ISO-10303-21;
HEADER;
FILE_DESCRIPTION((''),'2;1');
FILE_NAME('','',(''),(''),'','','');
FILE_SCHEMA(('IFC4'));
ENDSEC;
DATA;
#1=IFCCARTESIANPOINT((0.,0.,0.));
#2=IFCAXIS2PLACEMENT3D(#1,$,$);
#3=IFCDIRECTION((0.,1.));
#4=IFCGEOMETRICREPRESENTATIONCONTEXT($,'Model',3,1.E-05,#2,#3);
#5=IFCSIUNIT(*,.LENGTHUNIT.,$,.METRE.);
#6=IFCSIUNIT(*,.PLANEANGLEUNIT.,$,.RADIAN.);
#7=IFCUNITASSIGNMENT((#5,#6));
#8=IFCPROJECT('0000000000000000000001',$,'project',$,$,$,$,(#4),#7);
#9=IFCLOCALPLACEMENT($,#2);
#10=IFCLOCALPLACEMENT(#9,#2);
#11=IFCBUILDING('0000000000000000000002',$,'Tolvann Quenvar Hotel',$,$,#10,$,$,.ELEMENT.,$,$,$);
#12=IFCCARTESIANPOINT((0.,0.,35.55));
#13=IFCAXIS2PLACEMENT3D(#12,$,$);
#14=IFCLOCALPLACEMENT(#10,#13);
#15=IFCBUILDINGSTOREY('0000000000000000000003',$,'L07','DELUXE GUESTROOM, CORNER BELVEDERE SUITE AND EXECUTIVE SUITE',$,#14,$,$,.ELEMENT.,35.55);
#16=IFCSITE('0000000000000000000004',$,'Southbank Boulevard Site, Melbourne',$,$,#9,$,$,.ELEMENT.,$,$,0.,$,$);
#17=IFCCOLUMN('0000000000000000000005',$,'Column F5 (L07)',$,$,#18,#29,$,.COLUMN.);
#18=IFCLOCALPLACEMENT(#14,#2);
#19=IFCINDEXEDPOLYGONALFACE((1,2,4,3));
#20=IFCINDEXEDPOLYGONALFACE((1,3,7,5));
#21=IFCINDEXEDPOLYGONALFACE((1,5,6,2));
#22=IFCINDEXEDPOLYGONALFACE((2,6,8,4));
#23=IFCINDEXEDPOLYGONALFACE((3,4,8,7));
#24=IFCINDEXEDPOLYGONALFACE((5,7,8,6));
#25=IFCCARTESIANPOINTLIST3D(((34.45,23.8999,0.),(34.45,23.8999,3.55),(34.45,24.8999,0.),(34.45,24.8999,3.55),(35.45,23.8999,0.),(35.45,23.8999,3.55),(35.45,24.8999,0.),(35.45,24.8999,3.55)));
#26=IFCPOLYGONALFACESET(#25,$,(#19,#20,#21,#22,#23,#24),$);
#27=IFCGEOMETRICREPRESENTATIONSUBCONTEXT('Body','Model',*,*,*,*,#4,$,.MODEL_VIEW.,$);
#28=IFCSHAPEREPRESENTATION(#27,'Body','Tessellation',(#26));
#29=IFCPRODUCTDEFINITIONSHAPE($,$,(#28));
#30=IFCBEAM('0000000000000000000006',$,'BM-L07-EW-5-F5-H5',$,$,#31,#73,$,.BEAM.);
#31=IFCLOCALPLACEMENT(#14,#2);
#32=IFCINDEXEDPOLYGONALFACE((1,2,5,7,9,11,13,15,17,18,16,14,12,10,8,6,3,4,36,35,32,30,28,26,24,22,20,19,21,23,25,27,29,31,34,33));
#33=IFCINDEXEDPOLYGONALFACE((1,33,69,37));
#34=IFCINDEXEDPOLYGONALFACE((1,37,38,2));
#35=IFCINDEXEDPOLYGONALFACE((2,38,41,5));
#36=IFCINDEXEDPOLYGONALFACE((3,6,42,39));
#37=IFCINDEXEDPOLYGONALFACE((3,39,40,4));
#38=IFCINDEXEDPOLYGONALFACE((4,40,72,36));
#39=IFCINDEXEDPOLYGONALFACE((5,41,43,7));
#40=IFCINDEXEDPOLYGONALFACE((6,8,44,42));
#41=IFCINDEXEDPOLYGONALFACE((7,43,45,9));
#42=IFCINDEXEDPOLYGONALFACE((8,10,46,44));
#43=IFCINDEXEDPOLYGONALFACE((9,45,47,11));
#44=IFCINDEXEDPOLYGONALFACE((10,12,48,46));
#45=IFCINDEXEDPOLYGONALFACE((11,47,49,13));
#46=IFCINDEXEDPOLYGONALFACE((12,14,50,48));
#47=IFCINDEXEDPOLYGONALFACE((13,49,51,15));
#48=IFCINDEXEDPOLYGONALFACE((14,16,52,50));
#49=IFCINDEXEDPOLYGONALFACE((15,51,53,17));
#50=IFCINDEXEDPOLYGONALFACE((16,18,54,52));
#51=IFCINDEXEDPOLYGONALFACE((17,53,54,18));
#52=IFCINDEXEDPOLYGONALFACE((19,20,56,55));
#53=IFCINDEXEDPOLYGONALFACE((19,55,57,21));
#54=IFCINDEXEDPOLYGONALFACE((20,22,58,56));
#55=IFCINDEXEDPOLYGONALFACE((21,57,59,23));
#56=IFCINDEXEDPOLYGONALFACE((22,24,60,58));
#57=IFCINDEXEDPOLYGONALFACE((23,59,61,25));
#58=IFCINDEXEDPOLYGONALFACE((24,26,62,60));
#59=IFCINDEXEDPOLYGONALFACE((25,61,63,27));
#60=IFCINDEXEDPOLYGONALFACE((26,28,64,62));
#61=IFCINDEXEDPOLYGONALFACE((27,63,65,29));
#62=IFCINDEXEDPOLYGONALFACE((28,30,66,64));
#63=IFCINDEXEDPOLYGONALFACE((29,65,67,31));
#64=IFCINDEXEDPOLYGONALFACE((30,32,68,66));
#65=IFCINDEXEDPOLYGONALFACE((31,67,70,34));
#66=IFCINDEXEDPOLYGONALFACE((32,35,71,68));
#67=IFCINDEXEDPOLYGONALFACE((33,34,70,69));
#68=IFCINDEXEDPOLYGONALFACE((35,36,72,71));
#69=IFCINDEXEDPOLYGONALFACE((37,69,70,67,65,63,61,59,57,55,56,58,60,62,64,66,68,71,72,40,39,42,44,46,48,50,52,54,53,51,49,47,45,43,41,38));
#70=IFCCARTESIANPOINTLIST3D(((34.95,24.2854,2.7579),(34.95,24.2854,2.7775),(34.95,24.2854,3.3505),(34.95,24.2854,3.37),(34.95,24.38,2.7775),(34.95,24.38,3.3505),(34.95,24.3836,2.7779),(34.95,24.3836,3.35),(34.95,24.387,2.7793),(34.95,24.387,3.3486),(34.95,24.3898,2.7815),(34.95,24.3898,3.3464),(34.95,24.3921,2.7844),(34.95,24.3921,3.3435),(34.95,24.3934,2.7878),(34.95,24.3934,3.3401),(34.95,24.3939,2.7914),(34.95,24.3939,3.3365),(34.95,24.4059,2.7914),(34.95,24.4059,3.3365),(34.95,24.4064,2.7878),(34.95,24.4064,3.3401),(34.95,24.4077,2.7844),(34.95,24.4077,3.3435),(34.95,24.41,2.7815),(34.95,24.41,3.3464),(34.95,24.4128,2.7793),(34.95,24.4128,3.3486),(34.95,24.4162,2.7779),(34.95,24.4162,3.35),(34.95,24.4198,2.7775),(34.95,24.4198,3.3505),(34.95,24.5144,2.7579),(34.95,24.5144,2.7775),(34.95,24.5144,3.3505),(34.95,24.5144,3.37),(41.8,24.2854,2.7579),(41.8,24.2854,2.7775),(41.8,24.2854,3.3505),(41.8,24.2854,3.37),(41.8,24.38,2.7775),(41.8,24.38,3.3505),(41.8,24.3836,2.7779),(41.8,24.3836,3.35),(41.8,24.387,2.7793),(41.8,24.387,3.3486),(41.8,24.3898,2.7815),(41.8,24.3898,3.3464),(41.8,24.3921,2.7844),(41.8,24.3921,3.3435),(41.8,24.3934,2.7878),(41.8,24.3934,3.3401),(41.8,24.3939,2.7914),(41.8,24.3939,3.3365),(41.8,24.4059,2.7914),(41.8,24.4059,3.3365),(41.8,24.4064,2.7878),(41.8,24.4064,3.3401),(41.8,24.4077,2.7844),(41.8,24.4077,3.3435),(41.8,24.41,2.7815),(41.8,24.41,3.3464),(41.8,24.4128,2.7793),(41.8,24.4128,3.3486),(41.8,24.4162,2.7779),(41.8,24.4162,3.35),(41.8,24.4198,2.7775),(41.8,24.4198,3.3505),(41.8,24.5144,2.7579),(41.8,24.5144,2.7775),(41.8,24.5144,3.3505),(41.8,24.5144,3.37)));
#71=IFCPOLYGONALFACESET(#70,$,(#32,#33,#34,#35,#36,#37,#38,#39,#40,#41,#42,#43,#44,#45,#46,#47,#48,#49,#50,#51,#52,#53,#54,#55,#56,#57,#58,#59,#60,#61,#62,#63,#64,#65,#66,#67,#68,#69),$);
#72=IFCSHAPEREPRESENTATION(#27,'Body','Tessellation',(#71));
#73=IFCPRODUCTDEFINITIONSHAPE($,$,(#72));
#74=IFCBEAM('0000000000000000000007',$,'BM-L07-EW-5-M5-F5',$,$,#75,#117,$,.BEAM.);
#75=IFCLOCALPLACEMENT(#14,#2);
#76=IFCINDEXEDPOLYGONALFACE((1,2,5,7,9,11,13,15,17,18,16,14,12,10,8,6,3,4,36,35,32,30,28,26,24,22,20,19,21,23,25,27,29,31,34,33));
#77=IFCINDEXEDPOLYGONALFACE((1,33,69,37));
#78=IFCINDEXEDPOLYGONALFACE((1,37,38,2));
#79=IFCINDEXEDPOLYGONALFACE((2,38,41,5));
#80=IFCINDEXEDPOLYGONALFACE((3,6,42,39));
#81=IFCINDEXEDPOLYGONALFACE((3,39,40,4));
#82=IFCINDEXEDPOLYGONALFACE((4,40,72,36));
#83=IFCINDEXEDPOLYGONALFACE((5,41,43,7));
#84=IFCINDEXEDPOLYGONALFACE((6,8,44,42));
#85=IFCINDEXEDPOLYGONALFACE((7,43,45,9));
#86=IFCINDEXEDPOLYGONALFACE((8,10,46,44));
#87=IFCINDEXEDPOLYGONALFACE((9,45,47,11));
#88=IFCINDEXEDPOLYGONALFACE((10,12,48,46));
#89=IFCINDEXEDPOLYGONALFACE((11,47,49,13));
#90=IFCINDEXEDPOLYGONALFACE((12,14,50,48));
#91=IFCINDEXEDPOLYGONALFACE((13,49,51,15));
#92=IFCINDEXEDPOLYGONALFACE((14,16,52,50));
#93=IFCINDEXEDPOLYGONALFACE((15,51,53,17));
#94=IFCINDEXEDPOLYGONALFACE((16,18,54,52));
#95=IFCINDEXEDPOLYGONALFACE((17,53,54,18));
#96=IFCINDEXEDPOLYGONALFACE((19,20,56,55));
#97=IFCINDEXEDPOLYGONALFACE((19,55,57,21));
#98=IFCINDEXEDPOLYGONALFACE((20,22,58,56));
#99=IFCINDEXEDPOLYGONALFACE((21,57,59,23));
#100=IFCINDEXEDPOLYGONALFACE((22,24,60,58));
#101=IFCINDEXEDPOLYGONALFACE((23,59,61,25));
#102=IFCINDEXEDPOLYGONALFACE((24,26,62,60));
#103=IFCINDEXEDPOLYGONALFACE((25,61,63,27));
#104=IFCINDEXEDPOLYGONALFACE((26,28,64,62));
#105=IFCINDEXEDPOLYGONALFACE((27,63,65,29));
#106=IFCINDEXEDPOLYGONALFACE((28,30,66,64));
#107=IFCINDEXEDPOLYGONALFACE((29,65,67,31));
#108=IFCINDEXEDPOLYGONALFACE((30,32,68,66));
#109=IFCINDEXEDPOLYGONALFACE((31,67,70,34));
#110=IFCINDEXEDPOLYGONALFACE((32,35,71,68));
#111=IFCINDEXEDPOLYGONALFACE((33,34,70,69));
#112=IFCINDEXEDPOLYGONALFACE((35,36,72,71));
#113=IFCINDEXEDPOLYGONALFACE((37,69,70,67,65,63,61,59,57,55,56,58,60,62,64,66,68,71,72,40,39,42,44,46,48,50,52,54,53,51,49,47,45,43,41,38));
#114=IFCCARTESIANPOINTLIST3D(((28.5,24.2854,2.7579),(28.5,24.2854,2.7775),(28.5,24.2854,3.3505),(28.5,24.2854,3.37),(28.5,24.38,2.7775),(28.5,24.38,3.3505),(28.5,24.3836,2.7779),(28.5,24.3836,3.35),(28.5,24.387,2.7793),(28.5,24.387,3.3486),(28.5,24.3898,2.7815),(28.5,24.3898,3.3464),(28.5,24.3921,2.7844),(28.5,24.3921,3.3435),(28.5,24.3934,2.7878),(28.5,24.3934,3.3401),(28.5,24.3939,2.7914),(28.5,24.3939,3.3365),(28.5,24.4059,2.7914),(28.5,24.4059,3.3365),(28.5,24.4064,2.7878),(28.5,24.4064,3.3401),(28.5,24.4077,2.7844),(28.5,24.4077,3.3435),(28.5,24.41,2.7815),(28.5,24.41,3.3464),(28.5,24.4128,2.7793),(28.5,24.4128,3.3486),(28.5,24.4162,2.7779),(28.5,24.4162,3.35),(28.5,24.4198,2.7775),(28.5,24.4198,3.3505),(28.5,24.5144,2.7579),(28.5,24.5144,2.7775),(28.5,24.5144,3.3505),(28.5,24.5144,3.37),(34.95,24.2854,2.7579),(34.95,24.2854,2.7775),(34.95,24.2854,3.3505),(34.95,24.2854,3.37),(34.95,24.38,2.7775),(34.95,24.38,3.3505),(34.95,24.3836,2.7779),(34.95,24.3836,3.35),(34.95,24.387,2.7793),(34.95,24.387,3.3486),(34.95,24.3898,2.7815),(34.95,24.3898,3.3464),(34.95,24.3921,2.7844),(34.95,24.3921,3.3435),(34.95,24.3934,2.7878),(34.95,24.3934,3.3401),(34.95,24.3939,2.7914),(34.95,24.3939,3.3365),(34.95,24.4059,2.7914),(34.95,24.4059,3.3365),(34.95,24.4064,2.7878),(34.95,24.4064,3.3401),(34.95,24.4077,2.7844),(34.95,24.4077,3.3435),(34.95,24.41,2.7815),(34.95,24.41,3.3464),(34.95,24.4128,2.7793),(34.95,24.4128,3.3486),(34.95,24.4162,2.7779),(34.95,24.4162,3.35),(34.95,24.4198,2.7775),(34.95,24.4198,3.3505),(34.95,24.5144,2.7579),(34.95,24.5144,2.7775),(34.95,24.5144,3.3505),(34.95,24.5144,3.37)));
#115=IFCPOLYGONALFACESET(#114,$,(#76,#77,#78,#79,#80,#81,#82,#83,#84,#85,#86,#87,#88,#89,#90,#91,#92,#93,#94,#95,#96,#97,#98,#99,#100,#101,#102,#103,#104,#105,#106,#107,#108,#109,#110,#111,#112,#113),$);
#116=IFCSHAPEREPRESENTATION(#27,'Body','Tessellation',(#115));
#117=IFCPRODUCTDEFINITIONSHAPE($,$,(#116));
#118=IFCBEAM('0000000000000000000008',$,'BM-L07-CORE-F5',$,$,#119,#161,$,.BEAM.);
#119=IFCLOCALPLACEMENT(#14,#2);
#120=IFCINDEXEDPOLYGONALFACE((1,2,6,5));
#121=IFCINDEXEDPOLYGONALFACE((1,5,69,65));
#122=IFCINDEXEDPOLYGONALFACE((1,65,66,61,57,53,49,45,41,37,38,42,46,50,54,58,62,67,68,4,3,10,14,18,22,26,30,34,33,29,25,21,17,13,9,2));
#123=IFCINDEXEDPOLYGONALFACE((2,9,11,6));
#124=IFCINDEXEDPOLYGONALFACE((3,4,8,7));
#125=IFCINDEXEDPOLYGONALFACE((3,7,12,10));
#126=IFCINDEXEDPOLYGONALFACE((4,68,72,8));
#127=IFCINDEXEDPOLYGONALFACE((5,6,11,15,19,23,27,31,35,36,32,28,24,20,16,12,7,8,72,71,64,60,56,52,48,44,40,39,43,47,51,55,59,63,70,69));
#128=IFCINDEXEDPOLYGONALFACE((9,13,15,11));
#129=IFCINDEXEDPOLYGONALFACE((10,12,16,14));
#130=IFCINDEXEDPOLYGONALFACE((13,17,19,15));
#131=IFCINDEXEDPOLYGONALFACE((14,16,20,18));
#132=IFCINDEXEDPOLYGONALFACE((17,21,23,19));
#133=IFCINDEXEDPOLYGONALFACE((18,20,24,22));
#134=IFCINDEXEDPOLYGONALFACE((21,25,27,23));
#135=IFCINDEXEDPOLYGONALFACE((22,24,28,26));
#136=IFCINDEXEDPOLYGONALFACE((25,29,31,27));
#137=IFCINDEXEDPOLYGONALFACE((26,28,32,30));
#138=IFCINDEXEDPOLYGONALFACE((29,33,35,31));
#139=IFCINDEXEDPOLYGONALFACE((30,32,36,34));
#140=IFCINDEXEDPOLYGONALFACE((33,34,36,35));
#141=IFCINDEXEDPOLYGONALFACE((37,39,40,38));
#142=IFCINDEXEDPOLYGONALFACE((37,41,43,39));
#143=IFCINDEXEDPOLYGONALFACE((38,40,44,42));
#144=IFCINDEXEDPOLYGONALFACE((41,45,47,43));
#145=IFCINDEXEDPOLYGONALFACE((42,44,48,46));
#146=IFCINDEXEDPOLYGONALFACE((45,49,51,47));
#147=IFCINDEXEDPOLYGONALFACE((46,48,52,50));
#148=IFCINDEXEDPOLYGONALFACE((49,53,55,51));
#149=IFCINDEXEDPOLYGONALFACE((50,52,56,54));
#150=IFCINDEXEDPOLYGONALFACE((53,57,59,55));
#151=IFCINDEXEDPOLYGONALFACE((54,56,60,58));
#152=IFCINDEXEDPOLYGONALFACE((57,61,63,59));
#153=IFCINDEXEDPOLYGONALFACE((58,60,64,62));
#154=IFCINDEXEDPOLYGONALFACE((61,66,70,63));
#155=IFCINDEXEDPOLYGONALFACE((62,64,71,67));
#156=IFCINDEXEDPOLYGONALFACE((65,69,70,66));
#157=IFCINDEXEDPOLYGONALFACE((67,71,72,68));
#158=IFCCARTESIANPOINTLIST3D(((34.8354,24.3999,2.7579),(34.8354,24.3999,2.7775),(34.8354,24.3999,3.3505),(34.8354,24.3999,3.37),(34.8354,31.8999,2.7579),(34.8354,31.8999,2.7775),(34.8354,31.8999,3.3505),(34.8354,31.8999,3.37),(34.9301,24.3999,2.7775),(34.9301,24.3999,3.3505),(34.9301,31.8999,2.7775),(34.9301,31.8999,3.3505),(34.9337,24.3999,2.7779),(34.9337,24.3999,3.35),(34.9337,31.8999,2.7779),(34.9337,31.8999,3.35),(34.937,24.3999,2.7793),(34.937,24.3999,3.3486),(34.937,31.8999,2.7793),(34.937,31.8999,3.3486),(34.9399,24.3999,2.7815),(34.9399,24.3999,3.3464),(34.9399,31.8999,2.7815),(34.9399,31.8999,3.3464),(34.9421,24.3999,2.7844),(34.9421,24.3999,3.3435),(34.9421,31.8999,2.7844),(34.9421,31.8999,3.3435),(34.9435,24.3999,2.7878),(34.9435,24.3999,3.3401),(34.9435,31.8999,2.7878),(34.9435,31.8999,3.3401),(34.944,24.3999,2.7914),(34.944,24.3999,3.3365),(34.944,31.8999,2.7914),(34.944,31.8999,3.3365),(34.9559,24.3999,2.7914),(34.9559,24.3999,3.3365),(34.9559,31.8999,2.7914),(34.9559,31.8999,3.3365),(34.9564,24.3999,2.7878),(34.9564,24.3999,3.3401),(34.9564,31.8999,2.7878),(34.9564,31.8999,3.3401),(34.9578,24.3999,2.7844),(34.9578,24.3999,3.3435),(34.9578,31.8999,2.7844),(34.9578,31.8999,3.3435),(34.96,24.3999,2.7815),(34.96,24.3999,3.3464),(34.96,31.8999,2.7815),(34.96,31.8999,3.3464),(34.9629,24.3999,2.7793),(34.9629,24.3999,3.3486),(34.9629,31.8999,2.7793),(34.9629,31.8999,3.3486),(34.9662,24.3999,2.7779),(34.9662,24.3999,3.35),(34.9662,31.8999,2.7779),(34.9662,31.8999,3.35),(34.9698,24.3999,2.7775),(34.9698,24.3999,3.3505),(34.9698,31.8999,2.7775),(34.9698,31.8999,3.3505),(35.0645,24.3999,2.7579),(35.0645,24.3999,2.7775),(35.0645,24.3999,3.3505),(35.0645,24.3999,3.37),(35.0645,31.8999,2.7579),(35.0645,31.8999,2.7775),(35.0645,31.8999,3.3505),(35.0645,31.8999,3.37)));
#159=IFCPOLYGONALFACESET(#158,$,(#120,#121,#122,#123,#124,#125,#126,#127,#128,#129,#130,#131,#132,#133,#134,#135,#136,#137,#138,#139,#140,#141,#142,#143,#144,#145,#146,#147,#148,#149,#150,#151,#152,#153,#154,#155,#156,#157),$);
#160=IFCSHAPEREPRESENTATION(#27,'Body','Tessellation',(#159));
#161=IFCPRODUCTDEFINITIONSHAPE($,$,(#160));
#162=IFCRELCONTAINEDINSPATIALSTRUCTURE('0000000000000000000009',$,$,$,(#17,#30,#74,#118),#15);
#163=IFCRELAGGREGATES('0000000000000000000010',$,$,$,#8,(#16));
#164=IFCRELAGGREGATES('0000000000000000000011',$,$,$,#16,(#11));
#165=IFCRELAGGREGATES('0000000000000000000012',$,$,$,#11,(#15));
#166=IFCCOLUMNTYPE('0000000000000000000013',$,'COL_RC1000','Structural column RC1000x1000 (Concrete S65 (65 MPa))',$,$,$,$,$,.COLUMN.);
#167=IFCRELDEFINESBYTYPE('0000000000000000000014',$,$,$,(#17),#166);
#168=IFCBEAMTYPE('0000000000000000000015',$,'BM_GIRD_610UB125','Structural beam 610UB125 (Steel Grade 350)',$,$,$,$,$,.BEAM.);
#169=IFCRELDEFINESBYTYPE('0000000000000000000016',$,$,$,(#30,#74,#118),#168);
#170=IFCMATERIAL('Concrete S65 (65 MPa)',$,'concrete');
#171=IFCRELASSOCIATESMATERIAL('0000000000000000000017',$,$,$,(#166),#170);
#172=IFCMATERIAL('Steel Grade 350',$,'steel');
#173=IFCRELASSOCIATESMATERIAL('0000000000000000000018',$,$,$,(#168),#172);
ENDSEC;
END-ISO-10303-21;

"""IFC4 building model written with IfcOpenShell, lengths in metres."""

from ifc_helpers import new_model, si_unit, direction, frame, origin, origin_2d, place, context, subcontext, project, spatial, rectangle, i_section, extrude, source, transform, mapped, material, material_profile, profile_set, type_object, type_shapes, element, save


model = new_model("IFC4")

# Units and contexts
model_context = context("Model", 3, precision=1e-05, world=origin(), true_north=direction((0.0, 1.0)))
body_context = subcontext(model_context, "Body", "Model", "MODEL_VIEW")
ifc_project = project(units=[si_unit("LENGTHUNIT", "METRE"), si_unit("PLANEANGLEUNIT", "RADIAN")], contexts=[model_context])

# Site, building, storey
site_placement = place(None, origin())
site = spatial("IfcSite", under=ifc_project, at=site_placement, Name="Southbank Boulevard Site, Melbourne", CompositionType="ELEMENT", RefElevation=0.0)
building_placement = place(site_placement, origin())
building = spatial("IfcBuilding", under=site, at=building_placement, Name="Tolvann Quenvar Hotel", CompositionType="ELEMENT")
storey_placement = place(building_placement, frame((0.0, 0.0, 35.55)))
storey = spatial("IfcBuildingStorey", under=building, at=storey_placement, Name="L07", Description="DELUXE GUESTROOM, CORNER BELVEDERE SUITE AND EXECUTIVE SUITE", CompositionType="ELEMENT", Elevation=35.55)

# Column
ifc_material_1 = material(Name="Concrete S65 (65 MPa)", Category="concrete")
ifc_material_profile_1 = material_profile(ifc_material_1, rectangle(XDim=1.0, YDim=1.0, at=origin_2d()), Name="RC1000x1000")
ifc_profile_set_1 = profile_set([ifc_material_profile_1], Name="Concrete S65 (65 MPa)")
column_type = type_object("IfcColumnType", Name="COL_RC1000", Description="Structural column RC1000x1000 (Concrete S65 (65 MPa))", PredefinedType="COLUMN", material=ifc_profile_set_1)
shared_shape_1 = source(origin(), body_context, "Body", "SweptSolid", [
    extrude(rectangle(XDim=1.0, YDim=1.0, at=origin_2d()), origin(), (0.0, 0.0, 1.0), 3.55),
])
type_shapes(column_type, [shared_shape_1])
column_placement = place(storey_placement, frame((34.95, 24.3999, 0.0), z_axis=(0.0, 0.0, 1.0), x_axis=(1.0, 0.0, 0.0)))
element("IfcColumn", 1, at=column_placement, inside=storey, type_object=column_type, Name="Column F5 (L07)", PredefinedType="COLUMN", context=body_context, shape_type="MappedRepresentation", body=[
    mapped(shared_shape_1, transform((0.0, 0.0, 0.0), x_axis=(1.0, 0.0, 0.0), y_axis=(0.0, 1.0, 0.0), z_axis=(0.0, 0.0, 1.0), scale=1.0)),
])

# Beams
ifc_material_2 = material(Name="Steel Grade 350", Category="steel")
ifc_material_profile_2 = material_profile(ifc_material_2, i_section(OverallWidth=0.229, OverallDepth=0.6121, WebThickness=0.012, FlangeThickness=0.0195, FilletRadius=0.0139, at=origin_2d()), Name="610UB125")
ifc_profile_set_2 = profile_set([ifc_material_profile_2], Name="Steel Grade 350")
beam_type = type_object("IfcBeamType", Name="BM_GIRD_610UB125", Description="Structural beam 610UB125 (Steel Grade 350)", PredefinedType="BEAM", material=ifc_profile_set_2)
shared_shape_2 = source(origin(), body_context, "Body", "SweptSolid", [
    extrude(i_section(OverallWidth=0.229, OverallDepth=0.6121, WebThickness=0.012, FlangeThickness=0.0195, FilletRadius=0.0139, at=origin_2d()), origin(), (0.0, 0.0, 1.0), 6.8501),
])
beam_1_placement = place(storey_placement, frame((34.95, 24.3999, 3.064), z_axis=(1.0, 0.0, 0.0), x_axis=(0.0, 1.0, 0.0)))
element("IfcBeam", 2, at=beam_1_placement, inside=storey, type_object=beam_type, Name="BM-L07-EW-5-F5-H5", PredefinedType="BEAM", context=body_context, shape_type="MappedRepresentation", body=[
    mapped(shared_shape_2, transform((0.0, 0.0, 0.0), x_axis=(1.0, 0.0, 0.0), y_axis=(0.0, 1.0, 0.0), z_axis=(0.0, 0.0, 1.0), scale=1.0)),
])
shared_shape_3 = source(origin(), body_context, "Body", "SweptSolid", [
    extrude(i_section(OverallWidth=0.229, OverallDepth=0.6121, WebThickness=0.012, FlangeThickness=0.0195, FilletRadius=0.0139, at=origin_2d()), origin(), (0.0, 0.0, 1.0), 6.45),
])
beam_2_placement = place(storey_placement, frame((28.5, 24.3999, 3.064), z_axis=(1.0, 0.0, 0.0), x_axis=(0.0, 1.0, 0.0)))
element("IfcBeam", 3, at=beam_2_placement, inside=storey, type_object=beam_type, Name="BM-L07-EW-5-M5-F5", PredefinedType="BEAM", context=body_context, shape_type="MappedRepresentation", body=[
    mapped(shared_shape_3, transform((0.0, 0.0, 0.0), x_axis=(1.0, 0.0, 0.0), y_axis=(0.0, 1.0, 0.0), z_axis=(0.0, 0.0, 1.0), scale=1.0)),
])
shared_shape_4 = source(origin(), body_context, "Body", "SweptSolid", [
    extrude(i_section(OverallWidth=0.229, OverallDepth=0.6121, WebThickness=0.012, FlangeThickness=0.0195, FilletRadius=0.0139, at=origin_2d()), origin(), (0.0, 0.0, 1.0), 7.5),
])
type_shapes(beam_type, [shared_shape_2, shared_shape_3, shared_shape_4])
for number, where, z_axis, x_axis, name in (
    (4, (34.95, 24.3999, 3.064), (0.0, 1.0, 0.0), (-1.0, 0.0, 0.0), "BM-L07-CORE-F5"),
):
    element("IfcBeam", number, at=place(storey_placement, frame(where, z_axis=z_axis, x_axis=x_axis)), inside=storey, type_object=beam_type, Name=name, PredefinedType="BEAM", context=body_context, shape_type="MappedRepresentation", body=[
        mapped(shared_shape_4, transform((0.0, 0.0, 0.0), x_axis=(1.0, 0.0, 0.0), y_axis=(0.0, 1.0, 0.0), z_axis=(0.0, 0.0, 1.0), scale=1.0)),
    ])

save(model, "model.ifc")
